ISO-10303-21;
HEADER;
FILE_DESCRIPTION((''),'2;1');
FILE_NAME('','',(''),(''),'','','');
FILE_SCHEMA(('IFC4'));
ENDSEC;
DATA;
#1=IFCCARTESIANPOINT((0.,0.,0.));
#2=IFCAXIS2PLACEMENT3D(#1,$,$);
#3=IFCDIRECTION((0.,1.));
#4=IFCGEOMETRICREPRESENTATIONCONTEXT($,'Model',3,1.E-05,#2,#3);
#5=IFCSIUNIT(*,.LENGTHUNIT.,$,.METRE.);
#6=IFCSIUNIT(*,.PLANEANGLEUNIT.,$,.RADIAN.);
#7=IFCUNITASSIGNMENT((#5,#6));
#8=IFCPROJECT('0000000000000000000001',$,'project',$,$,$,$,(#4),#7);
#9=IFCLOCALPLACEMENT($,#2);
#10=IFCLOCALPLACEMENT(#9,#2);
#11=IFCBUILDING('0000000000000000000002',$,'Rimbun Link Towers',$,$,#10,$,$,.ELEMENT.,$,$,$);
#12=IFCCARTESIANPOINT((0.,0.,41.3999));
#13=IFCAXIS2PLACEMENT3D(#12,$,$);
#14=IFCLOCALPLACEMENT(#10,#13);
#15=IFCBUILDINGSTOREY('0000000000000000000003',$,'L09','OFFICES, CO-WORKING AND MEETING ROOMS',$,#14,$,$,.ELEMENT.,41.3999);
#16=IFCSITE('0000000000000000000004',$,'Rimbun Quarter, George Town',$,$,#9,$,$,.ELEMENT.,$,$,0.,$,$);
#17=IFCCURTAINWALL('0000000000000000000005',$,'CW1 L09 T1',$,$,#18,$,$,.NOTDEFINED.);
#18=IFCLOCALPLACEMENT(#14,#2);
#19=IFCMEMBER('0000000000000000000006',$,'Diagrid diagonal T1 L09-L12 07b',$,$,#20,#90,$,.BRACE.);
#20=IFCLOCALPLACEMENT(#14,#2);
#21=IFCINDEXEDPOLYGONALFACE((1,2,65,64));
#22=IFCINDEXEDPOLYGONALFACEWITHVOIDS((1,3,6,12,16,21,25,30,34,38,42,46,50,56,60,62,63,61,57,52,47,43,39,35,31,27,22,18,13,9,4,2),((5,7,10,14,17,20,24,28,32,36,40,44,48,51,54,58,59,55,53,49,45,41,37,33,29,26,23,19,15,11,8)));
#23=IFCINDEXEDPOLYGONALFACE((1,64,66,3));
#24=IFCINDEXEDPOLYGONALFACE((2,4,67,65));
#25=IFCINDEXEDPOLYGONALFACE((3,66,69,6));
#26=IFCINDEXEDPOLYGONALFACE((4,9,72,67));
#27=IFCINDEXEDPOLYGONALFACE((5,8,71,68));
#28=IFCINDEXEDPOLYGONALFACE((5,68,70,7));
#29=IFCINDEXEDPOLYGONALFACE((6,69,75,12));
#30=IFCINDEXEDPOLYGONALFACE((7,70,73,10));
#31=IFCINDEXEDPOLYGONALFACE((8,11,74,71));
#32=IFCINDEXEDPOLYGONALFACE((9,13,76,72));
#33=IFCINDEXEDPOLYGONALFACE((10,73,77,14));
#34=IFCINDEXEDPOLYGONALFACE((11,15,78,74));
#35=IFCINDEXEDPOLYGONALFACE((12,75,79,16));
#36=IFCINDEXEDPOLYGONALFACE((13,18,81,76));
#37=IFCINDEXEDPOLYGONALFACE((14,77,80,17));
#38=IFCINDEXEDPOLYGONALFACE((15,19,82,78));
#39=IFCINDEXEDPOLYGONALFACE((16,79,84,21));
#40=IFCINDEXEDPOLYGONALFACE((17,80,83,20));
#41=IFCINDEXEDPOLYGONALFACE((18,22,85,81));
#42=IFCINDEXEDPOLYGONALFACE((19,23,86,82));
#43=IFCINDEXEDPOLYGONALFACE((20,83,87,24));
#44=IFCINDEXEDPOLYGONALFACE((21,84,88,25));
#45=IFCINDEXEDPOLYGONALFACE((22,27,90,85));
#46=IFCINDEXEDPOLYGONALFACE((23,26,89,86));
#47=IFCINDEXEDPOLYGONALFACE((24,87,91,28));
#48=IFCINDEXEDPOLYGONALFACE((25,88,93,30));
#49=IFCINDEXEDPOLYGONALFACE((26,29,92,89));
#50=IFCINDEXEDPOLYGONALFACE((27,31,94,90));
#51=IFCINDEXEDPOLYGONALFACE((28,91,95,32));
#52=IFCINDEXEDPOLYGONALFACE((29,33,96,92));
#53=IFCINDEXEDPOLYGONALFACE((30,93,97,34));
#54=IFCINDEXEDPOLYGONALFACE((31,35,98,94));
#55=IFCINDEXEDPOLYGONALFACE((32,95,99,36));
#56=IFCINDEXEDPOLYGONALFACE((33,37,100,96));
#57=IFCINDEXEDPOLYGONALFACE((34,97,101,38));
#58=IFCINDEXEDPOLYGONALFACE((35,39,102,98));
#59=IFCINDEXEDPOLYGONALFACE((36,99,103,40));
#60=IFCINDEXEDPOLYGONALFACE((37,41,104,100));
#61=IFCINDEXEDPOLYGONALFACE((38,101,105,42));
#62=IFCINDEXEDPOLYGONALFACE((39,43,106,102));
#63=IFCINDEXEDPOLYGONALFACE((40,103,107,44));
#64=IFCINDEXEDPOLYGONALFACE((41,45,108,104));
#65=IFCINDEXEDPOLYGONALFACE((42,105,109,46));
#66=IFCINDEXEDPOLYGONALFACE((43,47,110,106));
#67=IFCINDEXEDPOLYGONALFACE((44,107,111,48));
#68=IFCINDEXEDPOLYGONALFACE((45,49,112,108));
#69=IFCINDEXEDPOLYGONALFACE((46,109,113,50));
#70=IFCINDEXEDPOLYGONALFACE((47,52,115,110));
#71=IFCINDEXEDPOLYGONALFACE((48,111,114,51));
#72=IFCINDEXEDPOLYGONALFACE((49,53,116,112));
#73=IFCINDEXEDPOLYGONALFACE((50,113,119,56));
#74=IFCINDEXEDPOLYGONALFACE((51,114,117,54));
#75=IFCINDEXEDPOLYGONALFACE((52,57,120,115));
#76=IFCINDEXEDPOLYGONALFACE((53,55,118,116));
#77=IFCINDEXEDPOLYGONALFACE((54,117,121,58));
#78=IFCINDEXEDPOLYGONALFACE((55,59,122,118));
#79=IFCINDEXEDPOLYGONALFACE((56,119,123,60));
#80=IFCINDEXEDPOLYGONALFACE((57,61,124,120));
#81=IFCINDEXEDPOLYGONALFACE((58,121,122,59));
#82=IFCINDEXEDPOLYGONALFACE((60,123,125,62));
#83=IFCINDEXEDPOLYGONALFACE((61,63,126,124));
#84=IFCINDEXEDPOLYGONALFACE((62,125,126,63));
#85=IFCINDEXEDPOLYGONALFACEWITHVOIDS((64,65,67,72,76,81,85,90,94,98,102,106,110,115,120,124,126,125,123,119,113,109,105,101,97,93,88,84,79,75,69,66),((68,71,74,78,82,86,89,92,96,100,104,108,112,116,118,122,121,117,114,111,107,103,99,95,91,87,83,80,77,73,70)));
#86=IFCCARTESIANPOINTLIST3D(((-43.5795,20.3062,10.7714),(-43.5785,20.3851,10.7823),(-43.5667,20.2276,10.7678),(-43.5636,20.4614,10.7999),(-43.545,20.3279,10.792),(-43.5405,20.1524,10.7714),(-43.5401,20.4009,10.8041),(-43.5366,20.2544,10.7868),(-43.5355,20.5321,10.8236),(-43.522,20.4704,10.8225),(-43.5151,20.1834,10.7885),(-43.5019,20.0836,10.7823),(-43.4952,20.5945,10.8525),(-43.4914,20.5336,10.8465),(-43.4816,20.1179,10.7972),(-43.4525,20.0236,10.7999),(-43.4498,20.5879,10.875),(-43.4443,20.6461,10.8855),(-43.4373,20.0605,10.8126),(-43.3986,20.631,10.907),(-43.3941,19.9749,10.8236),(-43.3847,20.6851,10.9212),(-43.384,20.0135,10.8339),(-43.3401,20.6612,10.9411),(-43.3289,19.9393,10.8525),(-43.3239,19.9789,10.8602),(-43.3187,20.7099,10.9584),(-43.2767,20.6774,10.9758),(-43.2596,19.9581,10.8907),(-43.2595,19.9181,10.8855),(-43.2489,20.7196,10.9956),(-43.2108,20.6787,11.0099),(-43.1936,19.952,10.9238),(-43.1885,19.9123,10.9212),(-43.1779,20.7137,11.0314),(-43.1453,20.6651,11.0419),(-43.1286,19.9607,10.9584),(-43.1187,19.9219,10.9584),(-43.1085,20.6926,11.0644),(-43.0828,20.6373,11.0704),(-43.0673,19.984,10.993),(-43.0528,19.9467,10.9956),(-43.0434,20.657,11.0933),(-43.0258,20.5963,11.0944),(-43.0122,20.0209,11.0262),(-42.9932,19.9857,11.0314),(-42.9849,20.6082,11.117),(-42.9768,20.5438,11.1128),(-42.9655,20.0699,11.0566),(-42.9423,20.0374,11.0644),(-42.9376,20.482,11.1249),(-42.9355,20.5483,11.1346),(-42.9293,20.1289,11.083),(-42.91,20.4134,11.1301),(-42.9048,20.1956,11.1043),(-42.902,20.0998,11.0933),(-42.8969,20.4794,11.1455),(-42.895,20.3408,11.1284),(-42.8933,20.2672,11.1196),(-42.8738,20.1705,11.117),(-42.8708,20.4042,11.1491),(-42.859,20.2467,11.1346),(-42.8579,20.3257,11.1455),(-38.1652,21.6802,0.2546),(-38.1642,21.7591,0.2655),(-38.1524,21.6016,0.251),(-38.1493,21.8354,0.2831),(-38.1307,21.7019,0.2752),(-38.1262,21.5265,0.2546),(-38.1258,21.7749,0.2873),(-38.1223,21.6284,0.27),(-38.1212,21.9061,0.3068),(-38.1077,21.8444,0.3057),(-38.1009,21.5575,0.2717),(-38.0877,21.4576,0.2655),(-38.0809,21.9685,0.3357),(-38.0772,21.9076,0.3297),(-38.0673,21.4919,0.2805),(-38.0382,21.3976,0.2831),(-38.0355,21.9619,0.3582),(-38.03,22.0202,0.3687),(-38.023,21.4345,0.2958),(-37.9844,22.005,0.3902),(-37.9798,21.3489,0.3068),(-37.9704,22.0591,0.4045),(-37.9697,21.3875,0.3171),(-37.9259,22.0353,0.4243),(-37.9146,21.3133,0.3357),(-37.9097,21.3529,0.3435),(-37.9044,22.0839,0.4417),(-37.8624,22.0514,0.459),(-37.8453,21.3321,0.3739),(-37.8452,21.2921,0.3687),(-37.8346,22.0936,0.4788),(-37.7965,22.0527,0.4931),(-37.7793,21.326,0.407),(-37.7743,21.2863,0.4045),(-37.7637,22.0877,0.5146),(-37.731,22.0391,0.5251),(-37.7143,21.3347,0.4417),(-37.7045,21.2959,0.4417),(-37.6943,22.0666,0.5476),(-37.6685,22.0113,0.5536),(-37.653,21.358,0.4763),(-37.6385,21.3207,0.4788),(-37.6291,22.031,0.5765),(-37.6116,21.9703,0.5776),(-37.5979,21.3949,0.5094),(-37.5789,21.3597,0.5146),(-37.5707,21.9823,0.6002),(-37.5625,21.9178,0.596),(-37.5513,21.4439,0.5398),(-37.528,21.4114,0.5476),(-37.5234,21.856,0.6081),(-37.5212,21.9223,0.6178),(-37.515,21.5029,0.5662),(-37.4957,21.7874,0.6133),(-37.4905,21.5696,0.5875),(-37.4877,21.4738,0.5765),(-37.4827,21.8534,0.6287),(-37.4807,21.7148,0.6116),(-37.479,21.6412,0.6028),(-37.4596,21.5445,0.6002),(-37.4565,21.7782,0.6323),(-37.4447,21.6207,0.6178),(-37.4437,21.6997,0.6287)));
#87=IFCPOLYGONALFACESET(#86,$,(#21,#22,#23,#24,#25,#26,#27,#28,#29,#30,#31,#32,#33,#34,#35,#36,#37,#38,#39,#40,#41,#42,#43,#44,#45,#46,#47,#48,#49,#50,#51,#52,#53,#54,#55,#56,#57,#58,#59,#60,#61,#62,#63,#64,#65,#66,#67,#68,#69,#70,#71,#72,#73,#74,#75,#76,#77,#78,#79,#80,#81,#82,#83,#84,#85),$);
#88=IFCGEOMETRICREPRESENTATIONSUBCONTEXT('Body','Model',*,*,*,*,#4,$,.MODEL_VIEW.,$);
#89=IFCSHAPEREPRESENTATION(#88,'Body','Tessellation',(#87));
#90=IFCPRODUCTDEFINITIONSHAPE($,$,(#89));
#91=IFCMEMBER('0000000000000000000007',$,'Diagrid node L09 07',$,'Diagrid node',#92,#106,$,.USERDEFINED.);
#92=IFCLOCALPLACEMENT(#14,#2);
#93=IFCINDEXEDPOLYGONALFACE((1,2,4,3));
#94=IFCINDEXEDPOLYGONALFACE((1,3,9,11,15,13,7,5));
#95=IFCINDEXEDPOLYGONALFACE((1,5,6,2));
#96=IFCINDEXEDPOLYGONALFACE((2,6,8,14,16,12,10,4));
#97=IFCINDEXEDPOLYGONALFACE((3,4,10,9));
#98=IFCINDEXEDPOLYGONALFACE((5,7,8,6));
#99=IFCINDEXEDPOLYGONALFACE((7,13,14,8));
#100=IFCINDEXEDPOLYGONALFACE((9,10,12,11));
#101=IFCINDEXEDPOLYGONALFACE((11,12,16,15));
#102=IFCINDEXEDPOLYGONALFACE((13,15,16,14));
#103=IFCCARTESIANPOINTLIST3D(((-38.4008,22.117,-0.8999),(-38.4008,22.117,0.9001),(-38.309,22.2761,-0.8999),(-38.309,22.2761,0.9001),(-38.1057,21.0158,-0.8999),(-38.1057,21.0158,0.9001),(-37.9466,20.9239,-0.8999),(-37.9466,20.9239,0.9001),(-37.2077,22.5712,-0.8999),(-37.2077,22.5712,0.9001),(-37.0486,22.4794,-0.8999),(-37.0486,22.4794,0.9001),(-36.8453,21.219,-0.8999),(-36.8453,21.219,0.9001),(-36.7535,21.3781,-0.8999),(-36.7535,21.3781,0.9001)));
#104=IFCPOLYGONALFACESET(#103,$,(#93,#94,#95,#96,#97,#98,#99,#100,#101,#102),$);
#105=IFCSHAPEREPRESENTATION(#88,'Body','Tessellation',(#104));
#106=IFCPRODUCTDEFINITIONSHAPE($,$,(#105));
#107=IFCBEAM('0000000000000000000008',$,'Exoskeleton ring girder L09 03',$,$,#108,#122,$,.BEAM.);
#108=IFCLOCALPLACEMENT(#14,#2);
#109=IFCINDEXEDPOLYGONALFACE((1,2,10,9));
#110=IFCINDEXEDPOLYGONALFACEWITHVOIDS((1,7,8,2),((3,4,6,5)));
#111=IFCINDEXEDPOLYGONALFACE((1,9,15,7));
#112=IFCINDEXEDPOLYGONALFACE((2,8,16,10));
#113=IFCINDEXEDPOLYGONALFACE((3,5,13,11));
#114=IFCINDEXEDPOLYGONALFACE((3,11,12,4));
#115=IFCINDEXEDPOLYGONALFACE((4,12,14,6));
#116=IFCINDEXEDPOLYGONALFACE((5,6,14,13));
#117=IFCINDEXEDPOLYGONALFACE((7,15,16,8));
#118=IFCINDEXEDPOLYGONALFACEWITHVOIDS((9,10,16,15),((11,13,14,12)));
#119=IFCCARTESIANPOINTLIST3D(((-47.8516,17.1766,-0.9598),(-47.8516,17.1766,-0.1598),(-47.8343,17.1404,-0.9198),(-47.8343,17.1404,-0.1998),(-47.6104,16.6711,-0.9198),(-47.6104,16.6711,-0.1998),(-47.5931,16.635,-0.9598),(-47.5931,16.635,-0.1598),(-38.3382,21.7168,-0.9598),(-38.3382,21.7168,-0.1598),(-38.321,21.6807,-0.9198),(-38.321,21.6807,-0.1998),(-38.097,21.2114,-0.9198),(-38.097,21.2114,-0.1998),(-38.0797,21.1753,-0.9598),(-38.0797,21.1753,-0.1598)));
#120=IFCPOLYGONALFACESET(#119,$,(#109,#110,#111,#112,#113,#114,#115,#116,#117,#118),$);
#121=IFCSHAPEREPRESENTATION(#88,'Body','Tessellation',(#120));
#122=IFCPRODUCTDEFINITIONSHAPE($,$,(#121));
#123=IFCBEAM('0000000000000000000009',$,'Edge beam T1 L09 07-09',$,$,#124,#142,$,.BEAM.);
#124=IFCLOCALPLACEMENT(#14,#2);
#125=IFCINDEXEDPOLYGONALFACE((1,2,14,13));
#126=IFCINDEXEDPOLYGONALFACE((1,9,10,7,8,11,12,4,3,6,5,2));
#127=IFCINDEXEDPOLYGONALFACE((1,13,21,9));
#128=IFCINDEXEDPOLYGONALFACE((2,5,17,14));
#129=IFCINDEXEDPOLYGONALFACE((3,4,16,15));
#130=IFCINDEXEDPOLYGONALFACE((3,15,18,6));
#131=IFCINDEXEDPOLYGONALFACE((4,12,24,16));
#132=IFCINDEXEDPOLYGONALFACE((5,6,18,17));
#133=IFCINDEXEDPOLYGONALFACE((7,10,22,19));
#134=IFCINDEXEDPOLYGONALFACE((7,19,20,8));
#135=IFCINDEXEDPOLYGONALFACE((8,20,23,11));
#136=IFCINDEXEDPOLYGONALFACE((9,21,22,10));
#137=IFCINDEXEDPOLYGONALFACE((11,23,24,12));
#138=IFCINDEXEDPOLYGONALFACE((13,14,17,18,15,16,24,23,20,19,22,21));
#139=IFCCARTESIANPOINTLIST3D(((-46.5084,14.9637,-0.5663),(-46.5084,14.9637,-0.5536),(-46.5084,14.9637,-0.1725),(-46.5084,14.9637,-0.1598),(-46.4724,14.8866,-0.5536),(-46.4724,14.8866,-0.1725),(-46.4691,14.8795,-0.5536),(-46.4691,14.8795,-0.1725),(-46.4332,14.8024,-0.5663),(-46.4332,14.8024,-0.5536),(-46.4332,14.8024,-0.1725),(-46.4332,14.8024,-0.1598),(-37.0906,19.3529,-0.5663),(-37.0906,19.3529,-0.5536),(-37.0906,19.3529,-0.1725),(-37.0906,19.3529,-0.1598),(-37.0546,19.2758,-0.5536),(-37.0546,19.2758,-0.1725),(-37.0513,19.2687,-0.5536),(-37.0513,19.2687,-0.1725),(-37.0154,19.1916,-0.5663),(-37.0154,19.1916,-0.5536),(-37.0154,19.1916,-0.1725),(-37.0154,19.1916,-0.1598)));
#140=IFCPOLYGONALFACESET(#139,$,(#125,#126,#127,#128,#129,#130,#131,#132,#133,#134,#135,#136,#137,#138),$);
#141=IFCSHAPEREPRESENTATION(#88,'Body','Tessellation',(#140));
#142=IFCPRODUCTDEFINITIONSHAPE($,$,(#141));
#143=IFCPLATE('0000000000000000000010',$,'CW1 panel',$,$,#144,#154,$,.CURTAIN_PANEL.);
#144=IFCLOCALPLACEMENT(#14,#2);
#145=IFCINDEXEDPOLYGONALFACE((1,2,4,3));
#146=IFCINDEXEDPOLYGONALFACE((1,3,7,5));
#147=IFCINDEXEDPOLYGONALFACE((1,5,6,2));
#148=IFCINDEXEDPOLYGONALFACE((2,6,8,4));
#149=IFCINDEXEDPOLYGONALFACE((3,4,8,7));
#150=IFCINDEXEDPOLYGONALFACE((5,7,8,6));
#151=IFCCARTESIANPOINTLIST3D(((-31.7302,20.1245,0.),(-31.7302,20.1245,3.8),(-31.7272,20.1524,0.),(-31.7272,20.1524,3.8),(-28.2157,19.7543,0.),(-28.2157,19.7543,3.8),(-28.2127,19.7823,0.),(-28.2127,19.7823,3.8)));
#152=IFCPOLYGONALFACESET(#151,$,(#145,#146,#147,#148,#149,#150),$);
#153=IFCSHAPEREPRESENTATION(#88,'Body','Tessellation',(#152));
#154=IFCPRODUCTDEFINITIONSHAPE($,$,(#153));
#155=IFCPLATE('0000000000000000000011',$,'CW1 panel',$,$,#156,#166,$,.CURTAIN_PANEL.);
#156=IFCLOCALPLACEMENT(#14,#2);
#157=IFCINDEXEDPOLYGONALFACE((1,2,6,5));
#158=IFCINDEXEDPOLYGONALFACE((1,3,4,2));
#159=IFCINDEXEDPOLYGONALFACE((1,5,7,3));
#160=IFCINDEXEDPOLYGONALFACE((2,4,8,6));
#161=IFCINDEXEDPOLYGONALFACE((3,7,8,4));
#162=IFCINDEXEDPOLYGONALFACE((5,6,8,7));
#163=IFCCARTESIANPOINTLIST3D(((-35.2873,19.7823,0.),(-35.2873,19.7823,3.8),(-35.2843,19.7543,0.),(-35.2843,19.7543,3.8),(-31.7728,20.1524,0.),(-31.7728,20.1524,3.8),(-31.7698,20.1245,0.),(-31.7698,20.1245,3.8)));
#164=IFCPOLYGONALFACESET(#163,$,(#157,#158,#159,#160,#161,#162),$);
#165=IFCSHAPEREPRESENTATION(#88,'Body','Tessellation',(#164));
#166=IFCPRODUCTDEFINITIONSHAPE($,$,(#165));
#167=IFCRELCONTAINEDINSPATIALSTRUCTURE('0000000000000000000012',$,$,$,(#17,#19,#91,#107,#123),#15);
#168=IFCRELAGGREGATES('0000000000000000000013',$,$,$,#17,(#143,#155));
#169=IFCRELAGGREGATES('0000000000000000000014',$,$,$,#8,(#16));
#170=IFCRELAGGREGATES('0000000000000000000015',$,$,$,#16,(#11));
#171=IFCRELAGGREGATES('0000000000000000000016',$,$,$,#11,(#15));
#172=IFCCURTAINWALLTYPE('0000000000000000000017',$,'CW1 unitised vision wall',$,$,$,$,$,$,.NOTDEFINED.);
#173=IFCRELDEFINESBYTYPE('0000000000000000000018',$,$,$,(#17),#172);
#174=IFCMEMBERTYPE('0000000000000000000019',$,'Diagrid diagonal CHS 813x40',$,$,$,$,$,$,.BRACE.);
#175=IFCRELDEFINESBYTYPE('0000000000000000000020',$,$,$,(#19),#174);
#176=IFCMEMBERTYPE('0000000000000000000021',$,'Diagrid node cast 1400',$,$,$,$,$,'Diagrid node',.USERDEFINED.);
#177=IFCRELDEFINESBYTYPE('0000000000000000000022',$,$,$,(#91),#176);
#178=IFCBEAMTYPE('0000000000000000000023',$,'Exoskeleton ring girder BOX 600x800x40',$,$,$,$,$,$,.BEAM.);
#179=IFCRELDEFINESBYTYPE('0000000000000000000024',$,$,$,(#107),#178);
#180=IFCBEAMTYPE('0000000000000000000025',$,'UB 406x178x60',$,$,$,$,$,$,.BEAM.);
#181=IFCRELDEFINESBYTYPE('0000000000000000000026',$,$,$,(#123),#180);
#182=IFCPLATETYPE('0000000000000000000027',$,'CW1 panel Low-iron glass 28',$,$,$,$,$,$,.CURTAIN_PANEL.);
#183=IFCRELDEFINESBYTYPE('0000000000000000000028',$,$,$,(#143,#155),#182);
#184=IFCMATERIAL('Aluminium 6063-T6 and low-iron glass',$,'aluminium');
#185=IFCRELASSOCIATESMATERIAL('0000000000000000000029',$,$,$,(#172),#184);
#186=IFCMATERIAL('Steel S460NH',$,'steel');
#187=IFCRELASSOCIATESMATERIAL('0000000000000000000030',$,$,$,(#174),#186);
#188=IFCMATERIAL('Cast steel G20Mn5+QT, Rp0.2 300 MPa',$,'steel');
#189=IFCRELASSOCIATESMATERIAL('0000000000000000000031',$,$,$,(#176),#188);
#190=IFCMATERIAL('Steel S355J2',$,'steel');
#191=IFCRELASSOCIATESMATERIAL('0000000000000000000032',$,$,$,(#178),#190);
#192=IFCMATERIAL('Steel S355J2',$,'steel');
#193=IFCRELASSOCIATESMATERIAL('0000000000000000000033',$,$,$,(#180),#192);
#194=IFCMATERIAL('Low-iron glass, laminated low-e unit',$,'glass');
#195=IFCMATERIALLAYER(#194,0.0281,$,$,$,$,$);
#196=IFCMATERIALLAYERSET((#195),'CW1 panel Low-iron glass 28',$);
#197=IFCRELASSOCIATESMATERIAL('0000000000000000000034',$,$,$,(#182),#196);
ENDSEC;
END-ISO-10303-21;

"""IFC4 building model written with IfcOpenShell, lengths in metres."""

from ifc_helpers import new_model, si_unit, direction, frame, origin, origin_2d, place, context, subcontext, project, spatial, polyline, rectangle, hollow_rectangle, hollow_circle, i_section, outline, extrude, material, layer, layer_set, material_profile, profile_set, type_object, element, aggregate, save


model = new_model("IFC4")

# Units and contexts
model_context = context("Model", 3, precision=1e-05, world=origin(), true_north=direction((0.0, 1.0)))
body_context = subcontext(model_context, "Body", "Model", "MODEL_VIEW")
ifc_project = project(units=[si_unit("LENGTHUNIT", "METRE"), si_unit("PLANEANGLEUNIT", "RADIAN")], contexts=[model_context])

# Site, building, storey
site_placement = place(None, origin())
site = spatial("IfcSite", under=ifc_project, at=site_placement, Name="Rimbun Quarter, George Town", CompositionType="ELEMENT", RefElevation=0.0)
building_placement = place(site_placement, origin())
building = spatial("IfcBuilding", under=site, at=building_placement, Name="Rimbun Link Towers", CompositionType="ELEMENT")
storey_placement = place(building_placement, frame((0.0, 0.0, 41.3999)))
storey = spatial("IfcBuildingStorey", under=building, at=storey_placement, Name="L09", Description="OFFICES, CO-WORKING AND MEETING ROOMS", CompositionType="ELEMENT", Elevation=41.3999)

# Curtain wall
ifc_material_1 = material(Name="Aluminium 6063-T6 and low-iron glass", Category="aluminium")
curtain_wall_type = type_object("IfcCurtainWallType", Name="CW1 unitised vision wall", PredefinedType="NOTDEFINED", material=ifc_material_1)
curtain_wall_placement = place(storey_placement, origin())
curtain_wall = element("IfcCurtainWall", 1, at=curtain_wall_placement, inside=storey, type_object=curtain_wall_type, Name="CW1 L09 T1", PredefinedType="NOTDEFINED")

# Members
ifc_material_2 = material(Name="Steel S460NH", Category="steel")
ifc_material_profile_1 = material_profile(ifc_material_2, hollow_circle(Radius=0.4065, WallThickness=0.04, at=origin_2d()), Name="Diagrid diagonal CHS 813x40")
ifc_profile_set_1 = profile_set([ifc_material_profile_1], Name="Steel S460NH")
member_type_1 = type_object("IfcMemberType", Name="Diagrid diagonal CHS 813x40", PredefinedType="BRACE", material=ifc_profile_set_1)
member_1_placement = place(storey_placement, frame((-37.8044, 21.6899, 0.4417), z_axis=(-0.454668, -0.115384, 0.883155), x_axis=(0.245979, -0.969275, 0.0)))
element("IfcMember", 2, at=member_1_placement, inside=storey, type_object=member_type_1, Name="Diagrid diagonal T1 L09-L12 07b", PredefinedType="BRACE", context=body_context, shape_type="SweptSolid", body=[
    extrude(hollow_circle(Radius=0.4065, WallThickness=0.04, at=origin_2d()), origin(), (0.0, 0.0, 1.0), 11.9082),
])
ifc_material_3 = material(Name="Cast steel G20Mn5+QT, Rp0.2 300 MPa", Category="steel")
ifc_material_profile_2 = material_profile(ifc_material_3, outline(polyline([(0.7, -0.5701), (0.7, 0.5701), (0.5701, 0.7), (-0.5701, 0.7), (-0.7, 0.5701), (-0.7, -0.5701), (-0.5701, -0.7), (0.5701, -0.7), (0.7, -0.5701)])), Name="NODE 1400x1400")
ifc_profile_set_2 = profile_set([ifc_material_profile_2], Name="Cast steel G20Mn5+QT, Rp0.2 300 MPa")
member_type_2 = type_object("IfcMemberType", Name="Diagrid node cast 1400", ElementType="Diagrid node", PredefinedType="USERDEFINED", material=ifc_profile_set_2)
member_2_placement = place(storey_placement, frame((-37.5771, 21.7476, -0.8999), z_axis=(0.0, 0.0, 1.0), x_axis=(-0.258819, 0.965926, 0.0)))
element("IfcMember", 3, at=member_2_placement, inside=storey, type_object=member_type_2, Name="Diagrid node L09 07", ObjectType="Diagrid node", PredefinedType="USERDEFINED", context=body_context, shape_type="SweptSolid", body=[
    extrude(outline(polyline([(0.7, -0.5701), (0.7, 0.5701), (0.5701, 0.7), (-0.5701, 0.7), (-0.7, 0.5701), (-0.7, -0.5701), (-0.5701, -0.7), (0.5701, -0.7), (0.7, -0.5701)])), origin(), (0.0, 0.0, 1.0), 1.8),
])

# Beams
ifc_material_4 = material(Name="Steel S355J2", Category="steel")
ifc_material_profile_3 = material_profile(ifc_material_4, hollow_rectangle(XDim=0.6001, YDim=0.8, WallThickness=0.04, at=origin_2d()), Name="Exoskeleton ring girder BOX 600x800x40")
ifc_profile_set_3 = profile_set([ifc_material_profile_3], Name="Steel S355J2")
beam_type_1 = type_object("IfcBeamType", Name="Exoskeleton ring girder BOX 600x800x40", PredefinedType="BEAM", material=ifc_profile_set_3)
beam_1_placement = place(storey_placement, frame((-38.209, 21.446, -0.5598), z_axis=(-0.902489, -0.430713, 0.0), x_axis=(0.430713, -0.902489, 0.0)))
element("IfcBeam", 4, at=beam_1_placement, inside=storey, type_object=beam_type_1, Name="Exoskeleton ring girder L09 03", PredefinedType="BEAM", context=body_context, shape_type="SweptSolid", body=[
    extrude(hollow_rectangle(XDim=0.6001, YDim=0.8, WallThickness=0.04, at=origin_2d()), origin(), (0.0, 0.0, 1.0), 10.5413),
])
ifc_material_5 = material(Name="Steel S355J2", Category="steel")
ifc_material_profile_4 = material_profile(ifc_material_5, i_section(OverallWidth=0.178, OverallDepth=0.4065, WebThickness=0.0078, FlangeThickness=0.0127, at=origin_2d()), Name="UB 406x178x60")
ifc_profile_set_4 = profile_set([ifc_material_profile_4], Name="Steel S355J2")
beam_type_2 = type_object("IfcBeamType", Name="UB 406x178x60", PredefinedType="BEAM", material=ifc_profile_set_4)
beam_2_placement = place(storey_placement, frame((-37.053, 19.2722, -0.363), z_axis=(-0.906396, -0.422429, 0.0), x_axis=(0.422429, -0.906396, 0.0)))
element("IfcBeam", 5, at=beam_2_placement, inside=storey, type_object=beam_type_2, Name="Edge beam T1 L09 07-09", PredefinedType="BEAM", context=body_context, shape_type="SweptSolid", body=[
    extrude(i_section(OverallWidth=0.178, OverallDepth=0.4065, WebThickness=0.0078, FlangeThickness=0.0127, at=origin_2d()), origin(), (0.0, 0.0, 1.0), 10.3904),
])

# Plates
ifc_material_6 = material(Name="Low-iron glass, laminated low-e unit", Category="glass")
ifc_layer_1 = layer(ifc_material_6, 0.0281)
ifc_layer_set_1 = layer_set([ifc_layer_1], Name="CW1 panel Low-iron glass 28")
plate_type = type_object("IfcPlateType", Name="CW1 panel Low-iron glass 28", PredefinedType="CURTAIN_PANEL", material=ifc_layer_set_1)
plate_1_placement = place(storey_placement, frame((-29.9714, 19.9534, 0.0), z_axis=(0.0, 0.0, 1.0), x_axis=(0.994499, -0.104742, 0.0)))
plate_1 = element("IfcPlate", 6, at=plate_1_placement, type_object=plate_type, Name="CW1 panel", PredefinedType="CURTAIN_PANEL", context=body_context, shape_type="SweptSolid", body=[
    extrude(rectangle(XDim=3.5339, YDim=0.0281, at=origin_2d()), origin(), (0.0, 0.0, 1.0), 3.8),
])
plate_2_placement = place(storey_placement, frame((-33.5286, 19.9534, 0.0), z_axis=(0.0, 0.0, 1.0), x_axis=(0.994499, 0.104742, 0.0)))
plate_2 = element("IfcPlate", 7, at=plate_2_placement, type_object=plate_type, Name="CW1 panel", PredefinedType="CURTAIN_PANEL", context=body_context, shape_type="SweptSolid", body=[
    extrude(rectangle(XDim=3.5339, YDim=0.0281, at=origin_2d()), origin(), (0.0, 0.0, 1.0), 3.8),
])
aggregate(curtain_wall, [plate_1, plate_2])

save(model, "model.ifc")
